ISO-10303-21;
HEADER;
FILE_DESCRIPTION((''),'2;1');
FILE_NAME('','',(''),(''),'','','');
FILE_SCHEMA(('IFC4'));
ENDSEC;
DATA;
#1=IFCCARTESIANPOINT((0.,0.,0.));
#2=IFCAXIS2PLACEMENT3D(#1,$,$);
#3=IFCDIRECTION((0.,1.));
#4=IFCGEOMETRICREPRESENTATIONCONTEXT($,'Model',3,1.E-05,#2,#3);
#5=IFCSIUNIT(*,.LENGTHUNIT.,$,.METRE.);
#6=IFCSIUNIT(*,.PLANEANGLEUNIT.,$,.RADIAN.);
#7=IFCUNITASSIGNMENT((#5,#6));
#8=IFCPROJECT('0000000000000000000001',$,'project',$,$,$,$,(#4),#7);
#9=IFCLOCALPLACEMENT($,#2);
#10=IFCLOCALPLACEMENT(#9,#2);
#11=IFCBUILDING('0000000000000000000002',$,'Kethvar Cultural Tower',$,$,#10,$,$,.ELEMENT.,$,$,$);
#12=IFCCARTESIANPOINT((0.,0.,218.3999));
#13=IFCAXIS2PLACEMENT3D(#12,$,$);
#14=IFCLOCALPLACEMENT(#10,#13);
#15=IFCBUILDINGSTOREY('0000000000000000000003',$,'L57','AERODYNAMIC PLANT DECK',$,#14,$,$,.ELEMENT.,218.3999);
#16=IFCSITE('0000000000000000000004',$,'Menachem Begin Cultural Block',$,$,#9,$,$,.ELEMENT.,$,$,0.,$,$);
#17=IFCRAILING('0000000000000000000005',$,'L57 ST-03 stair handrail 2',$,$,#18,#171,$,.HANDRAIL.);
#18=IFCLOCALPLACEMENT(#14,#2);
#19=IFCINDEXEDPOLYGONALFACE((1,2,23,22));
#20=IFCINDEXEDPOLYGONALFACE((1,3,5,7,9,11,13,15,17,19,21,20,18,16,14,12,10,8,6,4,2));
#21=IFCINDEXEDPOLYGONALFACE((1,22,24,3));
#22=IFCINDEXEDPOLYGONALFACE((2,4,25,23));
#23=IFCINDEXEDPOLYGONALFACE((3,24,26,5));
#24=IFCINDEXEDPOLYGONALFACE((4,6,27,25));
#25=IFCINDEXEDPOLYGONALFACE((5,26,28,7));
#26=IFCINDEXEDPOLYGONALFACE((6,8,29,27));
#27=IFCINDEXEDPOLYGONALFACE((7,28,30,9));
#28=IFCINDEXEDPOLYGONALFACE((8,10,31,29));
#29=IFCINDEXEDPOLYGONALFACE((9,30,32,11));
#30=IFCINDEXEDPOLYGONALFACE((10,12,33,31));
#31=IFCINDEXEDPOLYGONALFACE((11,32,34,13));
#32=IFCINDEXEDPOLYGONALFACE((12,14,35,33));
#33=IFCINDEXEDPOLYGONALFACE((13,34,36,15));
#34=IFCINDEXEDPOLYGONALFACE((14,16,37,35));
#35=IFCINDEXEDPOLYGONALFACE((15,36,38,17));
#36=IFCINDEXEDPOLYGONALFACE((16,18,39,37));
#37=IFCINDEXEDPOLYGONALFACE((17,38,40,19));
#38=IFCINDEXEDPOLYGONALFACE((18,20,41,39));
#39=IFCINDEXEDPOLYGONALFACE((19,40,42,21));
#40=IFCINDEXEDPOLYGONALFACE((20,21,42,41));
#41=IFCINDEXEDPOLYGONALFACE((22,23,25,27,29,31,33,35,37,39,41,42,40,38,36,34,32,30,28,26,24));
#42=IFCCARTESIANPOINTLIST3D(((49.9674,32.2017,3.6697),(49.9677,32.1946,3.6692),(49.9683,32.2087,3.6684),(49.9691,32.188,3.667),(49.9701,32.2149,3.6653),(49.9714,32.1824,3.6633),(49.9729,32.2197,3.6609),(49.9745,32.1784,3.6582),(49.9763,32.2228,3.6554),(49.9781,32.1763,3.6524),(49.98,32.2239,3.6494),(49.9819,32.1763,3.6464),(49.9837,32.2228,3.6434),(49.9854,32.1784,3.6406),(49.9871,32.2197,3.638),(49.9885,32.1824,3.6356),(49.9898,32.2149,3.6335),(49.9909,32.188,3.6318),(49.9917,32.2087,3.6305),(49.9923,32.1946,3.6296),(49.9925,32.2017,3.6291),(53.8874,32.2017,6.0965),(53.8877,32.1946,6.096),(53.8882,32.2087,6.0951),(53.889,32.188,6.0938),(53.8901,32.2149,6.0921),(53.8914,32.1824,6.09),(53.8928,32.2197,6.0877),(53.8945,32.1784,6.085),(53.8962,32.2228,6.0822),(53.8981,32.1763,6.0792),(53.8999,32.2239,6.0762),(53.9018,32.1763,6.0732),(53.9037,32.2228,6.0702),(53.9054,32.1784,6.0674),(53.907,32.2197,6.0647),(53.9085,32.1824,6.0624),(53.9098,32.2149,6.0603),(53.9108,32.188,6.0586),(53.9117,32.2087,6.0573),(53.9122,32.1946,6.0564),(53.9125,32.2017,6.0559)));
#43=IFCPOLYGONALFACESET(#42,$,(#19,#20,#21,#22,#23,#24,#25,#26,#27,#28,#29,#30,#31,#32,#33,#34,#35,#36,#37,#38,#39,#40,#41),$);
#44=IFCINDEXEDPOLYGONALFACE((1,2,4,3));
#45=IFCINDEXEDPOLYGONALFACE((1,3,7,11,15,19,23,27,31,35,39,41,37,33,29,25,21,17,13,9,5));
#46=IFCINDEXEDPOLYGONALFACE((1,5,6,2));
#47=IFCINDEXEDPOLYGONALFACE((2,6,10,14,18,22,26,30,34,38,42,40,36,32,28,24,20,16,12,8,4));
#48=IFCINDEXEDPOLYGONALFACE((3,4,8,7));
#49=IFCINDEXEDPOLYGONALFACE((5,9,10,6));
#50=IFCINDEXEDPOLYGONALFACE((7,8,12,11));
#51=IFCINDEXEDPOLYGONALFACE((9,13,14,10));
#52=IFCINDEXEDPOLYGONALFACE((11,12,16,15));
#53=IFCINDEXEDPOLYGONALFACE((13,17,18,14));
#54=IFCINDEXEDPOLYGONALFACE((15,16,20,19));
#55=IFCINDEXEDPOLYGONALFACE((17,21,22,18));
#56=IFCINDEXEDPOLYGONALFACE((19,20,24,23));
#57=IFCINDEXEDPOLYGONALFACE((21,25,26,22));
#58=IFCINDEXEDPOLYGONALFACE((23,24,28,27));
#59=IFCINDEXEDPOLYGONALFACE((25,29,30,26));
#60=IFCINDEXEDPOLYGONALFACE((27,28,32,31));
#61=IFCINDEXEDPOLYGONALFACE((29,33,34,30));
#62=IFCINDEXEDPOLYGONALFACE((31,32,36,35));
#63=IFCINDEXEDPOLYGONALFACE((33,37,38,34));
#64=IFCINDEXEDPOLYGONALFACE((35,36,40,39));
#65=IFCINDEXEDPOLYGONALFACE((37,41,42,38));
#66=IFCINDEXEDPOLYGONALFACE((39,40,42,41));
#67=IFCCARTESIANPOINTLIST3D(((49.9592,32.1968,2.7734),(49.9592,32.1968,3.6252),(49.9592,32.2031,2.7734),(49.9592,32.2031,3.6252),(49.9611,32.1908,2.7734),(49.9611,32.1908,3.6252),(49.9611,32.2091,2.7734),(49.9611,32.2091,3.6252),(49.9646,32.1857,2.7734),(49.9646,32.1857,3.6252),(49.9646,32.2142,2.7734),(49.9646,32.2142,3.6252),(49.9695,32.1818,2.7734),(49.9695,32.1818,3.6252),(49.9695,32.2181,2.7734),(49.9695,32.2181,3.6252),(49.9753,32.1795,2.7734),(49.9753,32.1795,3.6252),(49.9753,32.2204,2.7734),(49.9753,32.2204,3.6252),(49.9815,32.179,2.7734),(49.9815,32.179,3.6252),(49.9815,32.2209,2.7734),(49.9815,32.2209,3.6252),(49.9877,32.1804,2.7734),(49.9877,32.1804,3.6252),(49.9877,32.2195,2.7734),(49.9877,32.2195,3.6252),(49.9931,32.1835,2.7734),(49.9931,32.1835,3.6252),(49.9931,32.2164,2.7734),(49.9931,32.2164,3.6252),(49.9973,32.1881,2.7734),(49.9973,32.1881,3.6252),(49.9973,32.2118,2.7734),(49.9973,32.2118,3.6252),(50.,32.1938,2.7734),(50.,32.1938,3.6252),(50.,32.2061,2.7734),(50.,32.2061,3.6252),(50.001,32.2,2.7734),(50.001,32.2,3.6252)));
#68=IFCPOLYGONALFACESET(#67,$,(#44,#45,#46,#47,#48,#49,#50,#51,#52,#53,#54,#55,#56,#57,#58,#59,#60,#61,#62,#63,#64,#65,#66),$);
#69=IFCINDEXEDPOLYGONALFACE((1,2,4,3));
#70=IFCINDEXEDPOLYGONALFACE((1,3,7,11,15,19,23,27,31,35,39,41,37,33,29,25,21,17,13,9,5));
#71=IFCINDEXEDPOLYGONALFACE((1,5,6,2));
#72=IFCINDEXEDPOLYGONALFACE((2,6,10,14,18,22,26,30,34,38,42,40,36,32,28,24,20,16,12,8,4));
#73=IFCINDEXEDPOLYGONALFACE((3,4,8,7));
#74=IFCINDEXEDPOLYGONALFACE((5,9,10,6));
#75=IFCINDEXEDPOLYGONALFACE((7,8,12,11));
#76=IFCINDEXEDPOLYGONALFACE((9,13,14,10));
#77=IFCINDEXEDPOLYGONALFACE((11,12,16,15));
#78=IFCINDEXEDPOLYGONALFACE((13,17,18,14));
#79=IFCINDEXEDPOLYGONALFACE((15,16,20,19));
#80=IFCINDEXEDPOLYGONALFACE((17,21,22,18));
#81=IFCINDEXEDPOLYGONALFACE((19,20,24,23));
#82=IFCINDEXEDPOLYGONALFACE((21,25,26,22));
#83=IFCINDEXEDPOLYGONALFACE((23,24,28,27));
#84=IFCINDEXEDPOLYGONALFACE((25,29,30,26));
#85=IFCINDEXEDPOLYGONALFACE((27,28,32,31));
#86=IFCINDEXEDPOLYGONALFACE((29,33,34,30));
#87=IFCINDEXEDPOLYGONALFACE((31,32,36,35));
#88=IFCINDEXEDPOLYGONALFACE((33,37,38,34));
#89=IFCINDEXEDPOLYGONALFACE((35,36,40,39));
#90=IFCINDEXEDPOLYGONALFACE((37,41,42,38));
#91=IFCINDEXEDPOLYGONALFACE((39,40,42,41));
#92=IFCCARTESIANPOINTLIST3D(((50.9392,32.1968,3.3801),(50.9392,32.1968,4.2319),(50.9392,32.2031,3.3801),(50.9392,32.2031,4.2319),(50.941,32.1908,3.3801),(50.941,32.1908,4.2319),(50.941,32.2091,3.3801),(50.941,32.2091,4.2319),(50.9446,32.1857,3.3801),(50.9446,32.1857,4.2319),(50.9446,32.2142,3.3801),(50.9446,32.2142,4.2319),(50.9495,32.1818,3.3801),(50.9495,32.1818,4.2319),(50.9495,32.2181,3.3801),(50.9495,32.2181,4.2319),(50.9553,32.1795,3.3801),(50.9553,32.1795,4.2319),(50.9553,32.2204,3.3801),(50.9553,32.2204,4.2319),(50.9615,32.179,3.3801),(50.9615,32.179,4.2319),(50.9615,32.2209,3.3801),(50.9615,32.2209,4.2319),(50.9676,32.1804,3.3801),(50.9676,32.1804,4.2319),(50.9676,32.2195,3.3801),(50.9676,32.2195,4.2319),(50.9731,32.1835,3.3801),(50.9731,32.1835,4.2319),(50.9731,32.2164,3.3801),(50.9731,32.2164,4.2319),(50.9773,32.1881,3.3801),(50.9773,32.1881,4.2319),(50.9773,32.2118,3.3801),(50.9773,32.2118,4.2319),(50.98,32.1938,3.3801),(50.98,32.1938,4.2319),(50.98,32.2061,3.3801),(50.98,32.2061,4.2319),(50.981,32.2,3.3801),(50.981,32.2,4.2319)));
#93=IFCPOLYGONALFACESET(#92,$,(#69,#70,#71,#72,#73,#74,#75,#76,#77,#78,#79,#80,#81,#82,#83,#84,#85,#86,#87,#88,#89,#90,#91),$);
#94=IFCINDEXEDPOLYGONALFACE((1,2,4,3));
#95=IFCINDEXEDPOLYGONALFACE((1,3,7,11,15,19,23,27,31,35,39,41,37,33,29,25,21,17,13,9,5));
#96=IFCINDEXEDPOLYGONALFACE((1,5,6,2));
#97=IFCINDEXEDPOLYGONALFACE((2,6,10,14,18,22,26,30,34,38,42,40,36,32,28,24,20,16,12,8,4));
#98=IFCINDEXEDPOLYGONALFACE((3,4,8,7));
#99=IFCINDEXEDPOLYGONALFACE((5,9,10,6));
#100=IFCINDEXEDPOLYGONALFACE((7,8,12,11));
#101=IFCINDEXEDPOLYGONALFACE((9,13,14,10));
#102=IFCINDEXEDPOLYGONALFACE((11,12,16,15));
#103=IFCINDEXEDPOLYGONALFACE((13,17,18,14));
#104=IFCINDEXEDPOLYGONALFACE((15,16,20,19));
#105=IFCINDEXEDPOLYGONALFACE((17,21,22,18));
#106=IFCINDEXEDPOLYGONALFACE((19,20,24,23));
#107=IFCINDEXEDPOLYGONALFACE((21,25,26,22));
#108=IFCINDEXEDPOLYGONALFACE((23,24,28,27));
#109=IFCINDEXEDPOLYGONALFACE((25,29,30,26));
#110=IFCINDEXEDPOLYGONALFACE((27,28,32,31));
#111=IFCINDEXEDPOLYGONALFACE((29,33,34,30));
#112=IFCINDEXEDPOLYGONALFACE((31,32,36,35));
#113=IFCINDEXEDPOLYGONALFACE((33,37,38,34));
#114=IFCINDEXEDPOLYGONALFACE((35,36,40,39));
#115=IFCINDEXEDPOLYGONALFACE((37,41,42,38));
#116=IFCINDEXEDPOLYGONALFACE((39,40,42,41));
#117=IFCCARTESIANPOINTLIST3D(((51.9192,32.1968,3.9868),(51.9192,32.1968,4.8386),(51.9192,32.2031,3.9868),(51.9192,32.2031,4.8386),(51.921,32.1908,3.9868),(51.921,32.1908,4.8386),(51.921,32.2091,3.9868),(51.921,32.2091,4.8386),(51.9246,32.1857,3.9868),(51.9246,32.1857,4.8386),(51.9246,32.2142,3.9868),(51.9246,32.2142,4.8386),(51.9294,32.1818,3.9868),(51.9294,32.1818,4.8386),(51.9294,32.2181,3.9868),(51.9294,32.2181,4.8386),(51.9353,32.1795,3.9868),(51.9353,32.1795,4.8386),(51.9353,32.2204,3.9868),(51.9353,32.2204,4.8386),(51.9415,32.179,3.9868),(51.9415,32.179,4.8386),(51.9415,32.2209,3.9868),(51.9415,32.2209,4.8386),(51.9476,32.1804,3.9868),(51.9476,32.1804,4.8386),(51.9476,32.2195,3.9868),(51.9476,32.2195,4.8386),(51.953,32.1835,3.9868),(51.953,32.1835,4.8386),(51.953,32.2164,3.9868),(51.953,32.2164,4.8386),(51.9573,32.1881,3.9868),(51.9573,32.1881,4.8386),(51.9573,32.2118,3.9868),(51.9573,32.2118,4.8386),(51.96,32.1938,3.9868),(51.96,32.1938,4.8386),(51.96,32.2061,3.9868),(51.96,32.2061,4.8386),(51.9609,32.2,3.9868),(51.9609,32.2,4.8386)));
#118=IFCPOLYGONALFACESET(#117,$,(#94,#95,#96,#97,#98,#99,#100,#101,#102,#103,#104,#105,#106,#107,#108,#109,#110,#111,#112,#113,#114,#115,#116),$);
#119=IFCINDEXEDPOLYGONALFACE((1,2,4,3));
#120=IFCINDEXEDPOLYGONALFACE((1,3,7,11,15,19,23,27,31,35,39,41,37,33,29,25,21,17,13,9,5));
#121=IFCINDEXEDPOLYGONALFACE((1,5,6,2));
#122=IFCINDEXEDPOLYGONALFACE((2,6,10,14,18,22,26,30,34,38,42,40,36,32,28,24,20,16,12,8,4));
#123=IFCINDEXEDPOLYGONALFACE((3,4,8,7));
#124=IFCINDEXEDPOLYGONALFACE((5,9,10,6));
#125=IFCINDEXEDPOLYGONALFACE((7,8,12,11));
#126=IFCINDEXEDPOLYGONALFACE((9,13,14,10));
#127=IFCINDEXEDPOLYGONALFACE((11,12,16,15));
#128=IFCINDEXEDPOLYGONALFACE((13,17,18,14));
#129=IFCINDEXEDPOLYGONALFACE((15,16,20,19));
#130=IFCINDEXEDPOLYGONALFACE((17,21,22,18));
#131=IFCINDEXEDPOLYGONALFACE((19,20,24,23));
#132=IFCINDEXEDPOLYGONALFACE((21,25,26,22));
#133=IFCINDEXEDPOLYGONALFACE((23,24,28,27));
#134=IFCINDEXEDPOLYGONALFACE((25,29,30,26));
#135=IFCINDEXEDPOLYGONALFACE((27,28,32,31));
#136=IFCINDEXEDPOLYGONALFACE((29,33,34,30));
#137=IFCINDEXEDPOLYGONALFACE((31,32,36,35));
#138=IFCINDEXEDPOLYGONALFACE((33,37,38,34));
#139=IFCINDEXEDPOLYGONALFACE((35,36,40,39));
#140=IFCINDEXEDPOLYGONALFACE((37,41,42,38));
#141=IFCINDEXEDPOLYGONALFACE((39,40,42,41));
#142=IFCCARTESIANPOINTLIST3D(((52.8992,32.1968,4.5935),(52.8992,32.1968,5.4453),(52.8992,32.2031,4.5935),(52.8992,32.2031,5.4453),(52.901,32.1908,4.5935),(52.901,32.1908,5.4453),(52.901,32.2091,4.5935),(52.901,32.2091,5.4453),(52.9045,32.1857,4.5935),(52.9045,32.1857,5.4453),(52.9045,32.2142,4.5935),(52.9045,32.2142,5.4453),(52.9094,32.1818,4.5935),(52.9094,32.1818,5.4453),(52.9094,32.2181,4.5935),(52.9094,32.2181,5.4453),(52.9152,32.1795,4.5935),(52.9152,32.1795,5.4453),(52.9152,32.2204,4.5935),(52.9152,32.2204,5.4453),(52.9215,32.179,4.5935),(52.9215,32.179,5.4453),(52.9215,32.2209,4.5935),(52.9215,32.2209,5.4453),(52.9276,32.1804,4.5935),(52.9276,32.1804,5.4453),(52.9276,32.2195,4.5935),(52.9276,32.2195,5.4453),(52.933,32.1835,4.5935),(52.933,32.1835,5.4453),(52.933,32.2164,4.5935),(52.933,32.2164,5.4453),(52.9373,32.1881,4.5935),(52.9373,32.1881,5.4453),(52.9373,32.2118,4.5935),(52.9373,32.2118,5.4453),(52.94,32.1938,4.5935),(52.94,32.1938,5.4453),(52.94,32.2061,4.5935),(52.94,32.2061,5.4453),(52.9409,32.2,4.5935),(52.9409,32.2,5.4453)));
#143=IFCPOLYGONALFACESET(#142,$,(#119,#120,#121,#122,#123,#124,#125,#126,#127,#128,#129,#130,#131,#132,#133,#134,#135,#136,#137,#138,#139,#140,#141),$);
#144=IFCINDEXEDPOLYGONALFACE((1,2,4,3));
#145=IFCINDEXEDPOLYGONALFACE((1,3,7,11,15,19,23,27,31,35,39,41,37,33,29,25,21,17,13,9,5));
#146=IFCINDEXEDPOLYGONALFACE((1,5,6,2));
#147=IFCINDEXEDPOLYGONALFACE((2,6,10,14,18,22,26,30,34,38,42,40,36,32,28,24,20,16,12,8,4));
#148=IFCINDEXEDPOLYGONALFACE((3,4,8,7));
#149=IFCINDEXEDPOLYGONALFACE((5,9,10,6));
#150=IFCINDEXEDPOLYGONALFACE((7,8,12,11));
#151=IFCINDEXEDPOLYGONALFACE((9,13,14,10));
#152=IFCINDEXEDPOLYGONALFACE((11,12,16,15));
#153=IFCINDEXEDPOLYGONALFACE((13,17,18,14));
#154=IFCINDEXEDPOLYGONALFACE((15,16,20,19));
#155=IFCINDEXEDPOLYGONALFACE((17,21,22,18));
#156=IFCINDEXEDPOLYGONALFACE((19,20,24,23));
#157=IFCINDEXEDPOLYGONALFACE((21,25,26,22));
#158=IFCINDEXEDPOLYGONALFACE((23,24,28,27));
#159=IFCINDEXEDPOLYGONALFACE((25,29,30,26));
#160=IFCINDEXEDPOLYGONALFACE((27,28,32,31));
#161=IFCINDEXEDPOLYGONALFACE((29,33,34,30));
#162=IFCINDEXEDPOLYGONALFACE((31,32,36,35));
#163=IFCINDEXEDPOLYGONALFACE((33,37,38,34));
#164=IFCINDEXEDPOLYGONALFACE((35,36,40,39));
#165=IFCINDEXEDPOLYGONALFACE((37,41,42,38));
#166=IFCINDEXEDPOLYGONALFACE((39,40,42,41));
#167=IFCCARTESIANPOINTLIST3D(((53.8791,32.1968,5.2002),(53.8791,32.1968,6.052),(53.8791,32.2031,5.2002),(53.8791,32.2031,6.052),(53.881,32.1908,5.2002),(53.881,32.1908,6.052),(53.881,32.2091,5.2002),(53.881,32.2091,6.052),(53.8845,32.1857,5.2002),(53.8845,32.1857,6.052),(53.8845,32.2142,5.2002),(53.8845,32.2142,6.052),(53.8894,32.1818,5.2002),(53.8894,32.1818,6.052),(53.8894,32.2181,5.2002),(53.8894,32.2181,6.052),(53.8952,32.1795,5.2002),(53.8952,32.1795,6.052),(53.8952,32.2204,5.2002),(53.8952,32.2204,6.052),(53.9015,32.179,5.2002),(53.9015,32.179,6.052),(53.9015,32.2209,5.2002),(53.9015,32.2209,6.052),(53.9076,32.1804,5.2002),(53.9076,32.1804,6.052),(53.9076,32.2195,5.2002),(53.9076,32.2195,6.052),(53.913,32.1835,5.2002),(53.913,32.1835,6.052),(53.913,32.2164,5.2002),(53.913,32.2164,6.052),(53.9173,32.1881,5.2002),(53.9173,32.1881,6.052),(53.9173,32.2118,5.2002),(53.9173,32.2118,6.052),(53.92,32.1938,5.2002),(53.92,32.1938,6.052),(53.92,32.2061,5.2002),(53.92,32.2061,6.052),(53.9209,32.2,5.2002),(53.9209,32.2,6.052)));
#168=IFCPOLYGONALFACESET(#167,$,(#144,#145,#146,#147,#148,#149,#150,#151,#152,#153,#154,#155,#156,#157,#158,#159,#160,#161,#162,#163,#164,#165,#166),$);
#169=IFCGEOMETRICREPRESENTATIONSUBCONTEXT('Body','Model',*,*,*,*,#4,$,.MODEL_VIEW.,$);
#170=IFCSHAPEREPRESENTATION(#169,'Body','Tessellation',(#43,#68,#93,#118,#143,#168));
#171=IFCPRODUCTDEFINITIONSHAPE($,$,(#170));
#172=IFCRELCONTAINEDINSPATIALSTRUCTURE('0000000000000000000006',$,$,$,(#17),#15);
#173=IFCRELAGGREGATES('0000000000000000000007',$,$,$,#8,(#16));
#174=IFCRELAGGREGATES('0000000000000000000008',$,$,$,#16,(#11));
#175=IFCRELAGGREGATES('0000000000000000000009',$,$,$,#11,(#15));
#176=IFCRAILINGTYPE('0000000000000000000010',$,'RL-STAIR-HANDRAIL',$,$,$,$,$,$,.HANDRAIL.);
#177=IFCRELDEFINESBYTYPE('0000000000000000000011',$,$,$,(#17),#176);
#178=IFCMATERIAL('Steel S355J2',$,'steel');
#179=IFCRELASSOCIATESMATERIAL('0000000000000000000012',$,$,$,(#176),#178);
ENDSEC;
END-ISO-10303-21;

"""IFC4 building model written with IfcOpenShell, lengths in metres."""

from ifc_helpers import new_model, si_unit, direction, frame, origin, origin_2d, place, context, subcontext, project, spatial, circle, extrude, material, type_object, element, save


model = new_model("IFC4")

# Units and contexts
model_context = context("Model", 3, precision=1e-05, world=origin(), true_north=direction((0.0, 1.0)))
body_context = subcontext(model_context, "Body", "Model", "MODEL_VIEW")
ifc_project = project(units=[si_unit("LENGTHUNIT", "METRE"), si_unit("PLANEANGLEUNIT", "RADIAN")], contexts=[model_context])

# Site, building, storey
site_placement = place(None, origin())
site = spatial("IfcSite", under=ifc_project, at=site_placement, Name="Menachem Begin Cultural Block", CompositionType="ELEMENT", RefElevation=0.0)
building_placement = place(site_placement, origin())
building = spatial("IfcBuilding", under=site, at=building_placement, Name="Kethvar Cultural Tower", CompositionType="ELEMENT")
storey_placement = place(building_placement, frame((0.0, 0.0, 218.3999)))
storey = spatial("IfcBuildingStorey", under=building, at=storey_placement, Name="L57", Description="AERODYNAMIC PLANT DECK", CompositionType="ELEMENT", Elevation=218.3999)

# Shared definitions
ifc_material_1 = material(Name="Steel S355J2", Category="steel")

# Railing
railing_type_1 = type_object("IfcRailingType", Name="RL-STAIR-HANDRAIL", PredefinedType="HANDRAIL", material=ifc_material_1)
railing_1_placement = place(storey_placement, frame((49.98, 32.2, 2.7734)))
element("IfcRailing", 1, at=railing_1_placement, inside=storey, type_object=railing_type_1, Name="L57 ST-03 stair handrail 2", PredefinedType="HANDRAIL", context=body_context, shape_type="SweptSolid", body=[
    extrude(circle(Radius=0.0239, at=origin_2d()), frame((0.0, 0.0, 0.876), z_axis=(0.850252, 0.0, 0.526376), x_axis=(0.0, 1.0, 0.0)), (0.0, 0.0, 1.0), 4.6104),
    extrude(circle(Radius=0.021, at=origin_2d()), origin(), (0.0, 0.0, 1.0), 0.8518),
    extrude(circle(Radius=0.021, at=origin_2d()), frame((0.98, 0.0, 0.6067)), (0.0, 0.0, 1.0), 0.8518),
    extrude(circle(Radius=0.021, at=origin_2d()), frame((1.96, 0.0, 1.2134)), (0.0, 0.0, 1.0), 0.8518),
    extrude(circle(Radius=0.021, at=origin_2d()), frame((2.9399, 0.0, 1.8201)), (0.0, 0.0, 1.0), 0.8518),
    extrude(circle(Radius=0.021, at=origin_2d()), frame((3.9199, 0.0, 2.4268)), (0.0, 0.0, 1.0), 0.8518),
])

save(model, "model.ifc")
